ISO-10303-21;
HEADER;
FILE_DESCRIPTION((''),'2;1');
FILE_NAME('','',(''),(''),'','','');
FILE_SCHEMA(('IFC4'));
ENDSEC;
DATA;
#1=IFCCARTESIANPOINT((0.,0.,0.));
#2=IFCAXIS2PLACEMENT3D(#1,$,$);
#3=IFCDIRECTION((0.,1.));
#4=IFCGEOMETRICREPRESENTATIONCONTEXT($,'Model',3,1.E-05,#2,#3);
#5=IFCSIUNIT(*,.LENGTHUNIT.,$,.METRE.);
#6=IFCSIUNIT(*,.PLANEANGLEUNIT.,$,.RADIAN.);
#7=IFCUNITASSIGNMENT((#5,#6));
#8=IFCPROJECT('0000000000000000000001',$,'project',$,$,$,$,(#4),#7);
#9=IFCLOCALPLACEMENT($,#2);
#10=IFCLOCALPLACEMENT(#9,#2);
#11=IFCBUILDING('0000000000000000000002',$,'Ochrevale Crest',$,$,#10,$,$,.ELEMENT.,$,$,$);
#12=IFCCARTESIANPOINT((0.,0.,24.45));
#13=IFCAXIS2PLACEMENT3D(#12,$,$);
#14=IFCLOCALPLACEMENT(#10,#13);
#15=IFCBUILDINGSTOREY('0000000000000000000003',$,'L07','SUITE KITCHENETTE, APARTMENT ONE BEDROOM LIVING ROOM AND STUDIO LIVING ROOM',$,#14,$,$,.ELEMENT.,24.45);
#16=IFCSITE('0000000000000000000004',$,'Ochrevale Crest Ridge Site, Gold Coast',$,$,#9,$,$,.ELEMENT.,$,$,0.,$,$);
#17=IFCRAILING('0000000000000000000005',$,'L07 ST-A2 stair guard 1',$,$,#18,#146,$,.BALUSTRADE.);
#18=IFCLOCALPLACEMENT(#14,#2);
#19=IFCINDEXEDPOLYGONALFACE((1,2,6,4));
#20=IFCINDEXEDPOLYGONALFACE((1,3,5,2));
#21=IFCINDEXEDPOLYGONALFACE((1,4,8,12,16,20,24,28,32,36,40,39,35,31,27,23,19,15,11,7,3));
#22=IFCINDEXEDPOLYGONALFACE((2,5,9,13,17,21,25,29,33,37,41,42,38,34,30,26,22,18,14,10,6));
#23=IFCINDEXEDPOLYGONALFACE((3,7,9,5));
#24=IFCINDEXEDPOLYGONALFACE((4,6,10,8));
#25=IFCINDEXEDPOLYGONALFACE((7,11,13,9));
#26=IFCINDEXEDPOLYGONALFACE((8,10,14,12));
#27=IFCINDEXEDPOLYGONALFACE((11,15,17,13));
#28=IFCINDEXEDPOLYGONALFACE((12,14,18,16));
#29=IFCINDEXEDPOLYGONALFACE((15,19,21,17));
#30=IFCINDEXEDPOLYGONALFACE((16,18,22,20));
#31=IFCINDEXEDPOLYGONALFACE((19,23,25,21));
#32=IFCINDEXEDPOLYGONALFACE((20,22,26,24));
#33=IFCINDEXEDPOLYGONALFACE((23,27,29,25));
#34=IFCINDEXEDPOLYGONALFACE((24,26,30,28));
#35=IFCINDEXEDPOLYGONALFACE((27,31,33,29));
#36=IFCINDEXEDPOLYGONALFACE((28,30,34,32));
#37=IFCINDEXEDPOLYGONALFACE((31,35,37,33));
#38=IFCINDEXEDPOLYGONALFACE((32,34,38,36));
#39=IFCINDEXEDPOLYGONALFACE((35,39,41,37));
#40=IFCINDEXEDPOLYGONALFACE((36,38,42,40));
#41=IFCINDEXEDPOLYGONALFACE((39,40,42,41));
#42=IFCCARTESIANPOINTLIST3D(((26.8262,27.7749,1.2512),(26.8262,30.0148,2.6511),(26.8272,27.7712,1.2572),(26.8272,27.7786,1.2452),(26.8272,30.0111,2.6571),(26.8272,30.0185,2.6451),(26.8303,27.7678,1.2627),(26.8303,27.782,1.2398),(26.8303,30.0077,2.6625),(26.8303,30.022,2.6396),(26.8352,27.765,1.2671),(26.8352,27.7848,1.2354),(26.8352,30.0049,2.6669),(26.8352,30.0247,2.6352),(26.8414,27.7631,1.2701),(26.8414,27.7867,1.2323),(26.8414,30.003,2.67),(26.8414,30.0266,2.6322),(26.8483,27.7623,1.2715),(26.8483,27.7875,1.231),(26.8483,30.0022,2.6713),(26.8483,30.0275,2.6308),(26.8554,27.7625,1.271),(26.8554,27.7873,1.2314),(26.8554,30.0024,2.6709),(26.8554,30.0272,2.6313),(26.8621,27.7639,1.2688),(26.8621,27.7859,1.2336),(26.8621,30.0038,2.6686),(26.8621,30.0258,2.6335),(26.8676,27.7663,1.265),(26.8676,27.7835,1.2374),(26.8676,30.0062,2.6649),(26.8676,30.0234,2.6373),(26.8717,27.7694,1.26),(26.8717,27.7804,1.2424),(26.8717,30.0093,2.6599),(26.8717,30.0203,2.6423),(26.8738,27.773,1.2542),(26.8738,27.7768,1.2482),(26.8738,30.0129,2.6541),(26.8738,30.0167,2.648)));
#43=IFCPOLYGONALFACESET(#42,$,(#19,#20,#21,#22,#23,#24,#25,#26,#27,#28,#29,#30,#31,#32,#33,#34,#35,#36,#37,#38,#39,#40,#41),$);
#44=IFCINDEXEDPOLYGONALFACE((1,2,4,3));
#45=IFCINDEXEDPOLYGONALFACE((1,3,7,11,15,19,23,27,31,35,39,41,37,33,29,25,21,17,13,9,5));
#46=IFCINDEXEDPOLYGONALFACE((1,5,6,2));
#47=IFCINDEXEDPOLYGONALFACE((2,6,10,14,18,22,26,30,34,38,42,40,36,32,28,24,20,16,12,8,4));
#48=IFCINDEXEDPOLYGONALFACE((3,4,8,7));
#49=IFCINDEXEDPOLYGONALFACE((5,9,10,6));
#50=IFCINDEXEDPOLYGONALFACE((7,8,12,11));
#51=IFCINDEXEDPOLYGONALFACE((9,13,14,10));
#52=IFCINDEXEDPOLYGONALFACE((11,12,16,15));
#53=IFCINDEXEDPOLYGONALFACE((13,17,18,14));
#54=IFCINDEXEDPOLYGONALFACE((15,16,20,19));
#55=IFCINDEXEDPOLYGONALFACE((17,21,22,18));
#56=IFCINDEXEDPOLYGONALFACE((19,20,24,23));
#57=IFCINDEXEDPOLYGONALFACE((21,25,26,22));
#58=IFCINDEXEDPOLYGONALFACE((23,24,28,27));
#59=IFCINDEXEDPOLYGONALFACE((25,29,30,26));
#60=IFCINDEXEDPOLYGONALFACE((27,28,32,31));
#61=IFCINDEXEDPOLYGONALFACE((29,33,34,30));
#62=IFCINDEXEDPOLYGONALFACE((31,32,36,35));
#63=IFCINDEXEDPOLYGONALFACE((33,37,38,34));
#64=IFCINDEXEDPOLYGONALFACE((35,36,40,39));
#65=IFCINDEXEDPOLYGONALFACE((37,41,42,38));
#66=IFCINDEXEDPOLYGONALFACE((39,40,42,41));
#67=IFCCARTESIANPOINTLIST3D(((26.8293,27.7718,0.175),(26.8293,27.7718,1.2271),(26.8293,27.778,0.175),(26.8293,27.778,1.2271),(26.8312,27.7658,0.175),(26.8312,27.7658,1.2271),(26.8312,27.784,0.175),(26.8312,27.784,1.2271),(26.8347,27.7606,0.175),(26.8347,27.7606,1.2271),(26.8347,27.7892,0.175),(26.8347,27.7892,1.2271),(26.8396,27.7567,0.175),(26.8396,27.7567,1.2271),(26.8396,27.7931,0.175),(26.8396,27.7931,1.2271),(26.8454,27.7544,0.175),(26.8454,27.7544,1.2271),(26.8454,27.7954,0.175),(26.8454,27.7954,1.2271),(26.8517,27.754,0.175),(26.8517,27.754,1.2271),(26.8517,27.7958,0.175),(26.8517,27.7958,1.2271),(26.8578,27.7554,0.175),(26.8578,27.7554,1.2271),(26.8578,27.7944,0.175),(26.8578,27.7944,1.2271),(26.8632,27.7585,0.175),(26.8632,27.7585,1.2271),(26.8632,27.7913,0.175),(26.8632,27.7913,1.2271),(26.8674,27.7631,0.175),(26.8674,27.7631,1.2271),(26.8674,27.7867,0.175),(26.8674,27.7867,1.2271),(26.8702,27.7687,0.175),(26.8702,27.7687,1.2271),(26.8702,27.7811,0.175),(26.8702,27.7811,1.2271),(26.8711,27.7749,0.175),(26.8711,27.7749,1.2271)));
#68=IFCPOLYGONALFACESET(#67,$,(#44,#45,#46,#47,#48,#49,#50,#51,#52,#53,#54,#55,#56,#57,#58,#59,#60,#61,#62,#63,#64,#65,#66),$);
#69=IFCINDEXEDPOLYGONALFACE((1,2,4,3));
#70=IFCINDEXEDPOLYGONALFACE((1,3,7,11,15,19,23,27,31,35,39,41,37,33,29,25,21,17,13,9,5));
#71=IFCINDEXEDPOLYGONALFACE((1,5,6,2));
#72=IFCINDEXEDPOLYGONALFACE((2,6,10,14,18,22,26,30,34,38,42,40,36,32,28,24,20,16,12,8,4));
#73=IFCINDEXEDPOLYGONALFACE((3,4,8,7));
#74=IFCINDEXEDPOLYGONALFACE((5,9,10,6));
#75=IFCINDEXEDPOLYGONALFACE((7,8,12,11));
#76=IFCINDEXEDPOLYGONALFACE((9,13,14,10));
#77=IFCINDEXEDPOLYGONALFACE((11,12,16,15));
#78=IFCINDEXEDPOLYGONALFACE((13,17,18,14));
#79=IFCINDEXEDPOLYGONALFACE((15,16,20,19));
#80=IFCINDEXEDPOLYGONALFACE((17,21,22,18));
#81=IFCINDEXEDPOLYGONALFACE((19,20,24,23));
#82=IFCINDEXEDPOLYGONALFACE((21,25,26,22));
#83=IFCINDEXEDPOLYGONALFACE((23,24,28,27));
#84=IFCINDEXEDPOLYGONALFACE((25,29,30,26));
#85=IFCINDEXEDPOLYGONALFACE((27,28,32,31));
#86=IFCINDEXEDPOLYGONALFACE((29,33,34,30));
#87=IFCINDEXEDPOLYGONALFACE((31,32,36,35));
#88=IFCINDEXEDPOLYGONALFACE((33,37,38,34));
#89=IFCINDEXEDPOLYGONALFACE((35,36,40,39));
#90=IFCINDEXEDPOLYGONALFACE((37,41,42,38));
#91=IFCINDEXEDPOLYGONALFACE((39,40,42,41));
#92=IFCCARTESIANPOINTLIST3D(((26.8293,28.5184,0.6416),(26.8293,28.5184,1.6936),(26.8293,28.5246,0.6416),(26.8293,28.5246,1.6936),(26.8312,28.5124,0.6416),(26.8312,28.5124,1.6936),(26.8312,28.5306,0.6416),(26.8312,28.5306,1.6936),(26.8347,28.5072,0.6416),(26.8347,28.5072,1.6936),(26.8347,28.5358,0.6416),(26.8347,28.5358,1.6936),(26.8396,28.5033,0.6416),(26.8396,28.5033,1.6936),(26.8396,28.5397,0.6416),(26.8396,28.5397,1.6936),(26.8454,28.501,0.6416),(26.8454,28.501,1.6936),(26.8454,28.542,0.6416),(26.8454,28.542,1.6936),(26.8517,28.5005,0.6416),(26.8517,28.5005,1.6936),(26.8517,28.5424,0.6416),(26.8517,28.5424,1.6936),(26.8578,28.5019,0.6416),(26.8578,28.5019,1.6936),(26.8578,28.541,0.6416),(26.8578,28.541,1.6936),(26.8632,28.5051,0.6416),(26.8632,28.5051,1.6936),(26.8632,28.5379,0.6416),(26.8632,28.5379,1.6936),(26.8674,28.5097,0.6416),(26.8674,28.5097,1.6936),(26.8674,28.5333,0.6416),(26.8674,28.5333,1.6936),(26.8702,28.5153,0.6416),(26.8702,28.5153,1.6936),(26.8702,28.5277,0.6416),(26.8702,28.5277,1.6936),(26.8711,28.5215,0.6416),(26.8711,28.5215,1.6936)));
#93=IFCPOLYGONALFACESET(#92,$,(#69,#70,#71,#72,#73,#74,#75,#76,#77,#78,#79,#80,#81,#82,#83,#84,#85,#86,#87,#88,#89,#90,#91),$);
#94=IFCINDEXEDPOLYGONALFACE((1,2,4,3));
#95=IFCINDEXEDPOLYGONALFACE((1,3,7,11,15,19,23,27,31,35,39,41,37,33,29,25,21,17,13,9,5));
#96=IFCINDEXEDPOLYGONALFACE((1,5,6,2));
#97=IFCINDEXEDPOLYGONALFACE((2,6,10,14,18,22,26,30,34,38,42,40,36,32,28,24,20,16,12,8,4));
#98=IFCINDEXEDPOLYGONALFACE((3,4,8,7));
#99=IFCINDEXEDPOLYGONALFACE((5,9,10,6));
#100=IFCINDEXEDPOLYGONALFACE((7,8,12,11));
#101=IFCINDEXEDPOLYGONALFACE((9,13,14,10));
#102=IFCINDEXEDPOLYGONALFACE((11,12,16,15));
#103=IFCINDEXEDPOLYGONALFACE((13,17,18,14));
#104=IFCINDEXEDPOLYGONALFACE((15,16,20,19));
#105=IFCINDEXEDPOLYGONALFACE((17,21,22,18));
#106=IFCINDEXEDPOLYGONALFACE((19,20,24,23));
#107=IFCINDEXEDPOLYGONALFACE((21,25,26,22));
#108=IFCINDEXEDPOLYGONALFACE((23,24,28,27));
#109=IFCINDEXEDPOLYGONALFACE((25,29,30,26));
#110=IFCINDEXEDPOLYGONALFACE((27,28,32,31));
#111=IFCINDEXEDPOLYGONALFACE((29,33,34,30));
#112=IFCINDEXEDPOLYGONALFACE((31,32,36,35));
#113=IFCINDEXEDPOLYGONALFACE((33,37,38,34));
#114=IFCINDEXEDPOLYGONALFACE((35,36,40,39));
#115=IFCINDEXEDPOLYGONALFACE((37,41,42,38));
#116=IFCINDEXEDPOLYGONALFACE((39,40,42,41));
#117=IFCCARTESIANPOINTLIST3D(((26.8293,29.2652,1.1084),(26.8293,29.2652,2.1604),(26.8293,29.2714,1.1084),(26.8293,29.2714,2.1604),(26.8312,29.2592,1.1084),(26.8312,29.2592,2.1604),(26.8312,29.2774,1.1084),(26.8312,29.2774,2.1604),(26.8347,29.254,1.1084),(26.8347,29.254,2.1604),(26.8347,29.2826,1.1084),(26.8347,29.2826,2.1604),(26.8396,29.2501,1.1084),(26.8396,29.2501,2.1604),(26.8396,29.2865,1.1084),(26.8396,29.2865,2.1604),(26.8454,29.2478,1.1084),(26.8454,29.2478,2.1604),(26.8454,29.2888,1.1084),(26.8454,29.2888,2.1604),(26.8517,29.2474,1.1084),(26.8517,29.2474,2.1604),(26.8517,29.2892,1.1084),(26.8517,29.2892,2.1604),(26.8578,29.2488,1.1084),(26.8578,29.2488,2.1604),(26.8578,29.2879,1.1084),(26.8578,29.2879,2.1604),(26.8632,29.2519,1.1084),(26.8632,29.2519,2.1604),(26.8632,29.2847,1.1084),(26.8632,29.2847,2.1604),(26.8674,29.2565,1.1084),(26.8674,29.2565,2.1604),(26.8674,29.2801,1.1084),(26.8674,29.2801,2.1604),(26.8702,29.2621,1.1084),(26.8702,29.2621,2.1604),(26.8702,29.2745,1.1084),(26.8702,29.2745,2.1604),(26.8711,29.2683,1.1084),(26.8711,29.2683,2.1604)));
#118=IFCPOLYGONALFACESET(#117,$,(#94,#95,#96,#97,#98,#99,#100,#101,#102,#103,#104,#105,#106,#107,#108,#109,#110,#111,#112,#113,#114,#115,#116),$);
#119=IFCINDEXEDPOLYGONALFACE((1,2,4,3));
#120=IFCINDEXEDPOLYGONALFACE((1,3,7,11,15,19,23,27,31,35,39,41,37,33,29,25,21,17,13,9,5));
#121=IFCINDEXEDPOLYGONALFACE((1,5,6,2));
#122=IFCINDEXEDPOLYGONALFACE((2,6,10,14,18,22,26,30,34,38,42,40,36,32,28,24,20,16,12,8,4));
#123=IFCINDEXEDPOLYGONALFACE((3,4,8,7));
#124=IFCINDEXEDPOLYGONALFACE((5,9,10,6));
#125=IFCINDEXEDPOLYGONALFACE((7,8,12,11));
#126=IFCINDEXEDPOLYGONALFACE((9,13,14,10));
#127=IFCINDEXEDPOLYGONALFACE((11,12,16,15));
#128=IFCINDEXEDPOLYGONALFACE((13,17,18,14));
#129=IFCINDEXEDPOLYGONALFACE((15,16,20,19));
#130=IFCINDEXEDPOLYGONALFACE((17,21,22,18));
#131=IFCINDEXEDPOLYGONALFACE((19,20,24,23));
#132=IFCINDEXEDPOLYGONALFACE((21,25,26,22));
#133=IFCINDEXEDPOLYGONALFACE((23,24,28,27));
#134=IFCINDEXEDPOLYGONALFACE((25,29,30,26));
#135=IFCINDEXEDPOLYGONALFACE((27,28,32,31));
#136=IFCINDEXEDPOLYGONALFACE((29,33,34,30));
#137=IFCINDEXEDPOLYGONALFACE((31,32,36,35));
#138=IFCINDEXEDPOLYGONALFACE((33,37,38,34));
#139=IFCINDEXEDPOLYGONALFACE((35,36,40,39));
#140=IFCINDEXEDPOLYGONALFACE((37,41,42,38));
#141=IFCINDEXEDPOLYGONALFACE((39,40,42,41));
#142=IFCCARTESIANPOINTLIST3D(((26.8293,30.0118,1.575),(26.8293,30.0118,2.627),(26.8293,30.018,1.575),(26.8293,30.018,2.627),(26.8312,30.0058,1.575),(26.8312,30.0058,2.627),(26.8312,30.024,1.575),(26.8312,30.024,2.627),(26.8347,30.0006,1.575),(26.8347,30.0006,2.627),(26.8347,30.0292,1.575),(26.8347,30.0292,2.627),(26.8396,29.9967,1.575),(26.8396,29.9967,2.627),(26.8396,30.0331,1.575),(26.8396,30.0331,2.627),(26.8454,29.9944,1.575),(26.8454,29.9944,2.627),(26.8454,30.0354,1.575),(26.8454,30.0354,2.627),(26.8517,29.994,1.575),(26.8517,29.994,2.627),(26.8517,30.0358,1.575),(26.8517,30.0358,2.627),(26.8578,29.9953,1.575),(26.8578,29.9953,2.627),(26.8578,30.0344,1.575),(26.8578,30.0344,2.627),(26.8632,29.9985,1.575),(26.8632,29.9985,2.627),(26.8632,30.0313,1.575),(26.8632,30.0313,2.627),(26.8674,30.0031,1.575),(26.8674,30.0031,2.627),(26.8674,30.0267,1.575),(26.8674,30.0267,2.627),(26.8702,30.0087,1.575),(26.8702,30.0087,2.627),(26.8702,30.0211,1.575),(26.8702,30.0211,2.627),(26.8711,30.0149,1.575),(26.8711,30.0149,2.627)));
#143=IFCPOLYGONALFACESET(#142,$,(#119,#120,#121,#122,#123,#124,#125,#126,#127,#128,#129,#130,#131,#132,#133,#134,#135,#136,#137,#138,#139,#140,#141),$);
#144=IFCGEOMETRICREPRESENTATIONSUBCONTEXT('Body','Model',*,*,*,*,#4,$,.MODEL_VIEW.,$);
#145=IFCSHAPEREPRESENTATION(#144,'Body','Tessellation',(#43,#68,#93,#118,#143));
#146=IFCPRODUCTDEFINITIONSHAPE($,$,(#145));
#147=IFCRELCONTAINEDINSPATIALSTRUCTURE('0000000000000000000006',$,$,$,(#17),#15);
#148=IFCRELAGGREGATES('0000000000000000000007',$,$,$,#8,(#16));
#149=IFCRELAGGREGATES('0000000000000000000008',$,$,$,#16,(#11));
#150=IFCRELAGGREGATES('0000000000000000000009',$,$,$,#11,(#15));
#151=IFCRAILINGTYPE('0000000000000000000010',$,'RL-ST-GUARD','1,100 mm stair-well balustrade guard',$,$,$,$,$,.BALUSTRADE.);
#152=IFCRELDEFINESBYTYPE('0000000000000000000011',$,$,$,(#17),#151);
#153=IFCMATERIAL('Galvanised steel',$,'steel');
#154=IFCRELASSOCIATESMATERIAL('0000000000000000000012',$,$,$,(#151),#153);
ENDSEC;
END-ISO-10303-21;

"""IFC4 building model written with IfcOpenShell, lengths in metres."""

from ifc_helpers import new_model, si_unit, direction, frame, origin, origin_2d, place, context, subcontext, project, spatial, circle, extrude, material, type_object, element, save


model = new_model("IFC4")

# Units and contexts
model_context = context("Model", 3, precision=1e-05, world=origin(), true_north=direction((0.0, 1.0)))
body_context = subcontext(model_context, "Body", "Model", "MODEL_VIEW")
ifc_project = project(units=[si_unit("LENGTHUNIT", "METRE"), si_unit("PLANEANGLEUNIT", "RADIAN")], contexts=[model_context])

# Site, building, storey
site_placement = place(None, origin())
site = spatial("IfcSite", under=ifc_project, at=site_placement, Name="Ochrevale Crest Ridge Site, Gold Coast", CompositionType="ELEMENT", RefElevation=0.0)
building_placement = place(site_placement, origin())
building = spatial("IfcBuilding", under=site, at=building_placement, Name="Ochrevale Crest", CompositionType="ELEMENT")
storey_placement = place(building_placement, frame((0.0, 0.0, 24.45)))
storey = spatial("IfcBuildingStorey", under=building, at=storey_placement, Name="L07", Description="SUITE KITCHENETTE, APARTMENT ONE BEDROOM LIVING ROOM AND STUDIO LIVING ROOM", CompositionType="ELEMENT", Elevation=24.45)

# Railing
ifc_material_1 = material(Name="Galvanised steel", Category="steel")
railing_type = type_object("IfcRailingType", Name="RL-ST-GUARD", Description="1,100 mm stair-well balustrade guard", PredefinedType="BALUSTRADE", material=ifc_material_1)
railing_1_placement = place(storey_placement, frame((26.8501, 27.7749, 0.175)))
element("IfcRailing", 1, at=railing_1_placement, inside=storey, type_object=railing_type, Name="L07 ST-A2 stair guard 1", PredefinedType="BALUSTRADE", context=body_context, shape_type="SweptSolid", body=[
    extrude(circle(Radius=0.0239, at=origin_2d()), frame((0.0, 0.0, 1.0762), z_axis=(0.0, 0.848014, 0.529974), x_axis=(-1.0, 0.0, 0.0)), (0.0, 0.0, 1.0), 2.6414),
    extrude(circle(Radius=0.021, at=origin_2d()), origin(), (0.0, 0.0, 1.0), 1.052),
    extrude(circle(Radius=0.021, at=origin_2d()), frame((0.0, 0.7466, 0.4666)), (0.0, 0.0, 1.0), 1.052),
    extrude(circle(Radius=0.021, at=origin_2d()), frame((0.0, 1.4934, 0.9333)), (0.0, 0.0, 1.0), 1.052),
    extrude(circle(Radius=0.021, at=origin_2d()), frame((0.0, 2.24, 1.3999)), (0.0, 0.0, 1.0), 1.052),
])

save(model, "model.ifc")
